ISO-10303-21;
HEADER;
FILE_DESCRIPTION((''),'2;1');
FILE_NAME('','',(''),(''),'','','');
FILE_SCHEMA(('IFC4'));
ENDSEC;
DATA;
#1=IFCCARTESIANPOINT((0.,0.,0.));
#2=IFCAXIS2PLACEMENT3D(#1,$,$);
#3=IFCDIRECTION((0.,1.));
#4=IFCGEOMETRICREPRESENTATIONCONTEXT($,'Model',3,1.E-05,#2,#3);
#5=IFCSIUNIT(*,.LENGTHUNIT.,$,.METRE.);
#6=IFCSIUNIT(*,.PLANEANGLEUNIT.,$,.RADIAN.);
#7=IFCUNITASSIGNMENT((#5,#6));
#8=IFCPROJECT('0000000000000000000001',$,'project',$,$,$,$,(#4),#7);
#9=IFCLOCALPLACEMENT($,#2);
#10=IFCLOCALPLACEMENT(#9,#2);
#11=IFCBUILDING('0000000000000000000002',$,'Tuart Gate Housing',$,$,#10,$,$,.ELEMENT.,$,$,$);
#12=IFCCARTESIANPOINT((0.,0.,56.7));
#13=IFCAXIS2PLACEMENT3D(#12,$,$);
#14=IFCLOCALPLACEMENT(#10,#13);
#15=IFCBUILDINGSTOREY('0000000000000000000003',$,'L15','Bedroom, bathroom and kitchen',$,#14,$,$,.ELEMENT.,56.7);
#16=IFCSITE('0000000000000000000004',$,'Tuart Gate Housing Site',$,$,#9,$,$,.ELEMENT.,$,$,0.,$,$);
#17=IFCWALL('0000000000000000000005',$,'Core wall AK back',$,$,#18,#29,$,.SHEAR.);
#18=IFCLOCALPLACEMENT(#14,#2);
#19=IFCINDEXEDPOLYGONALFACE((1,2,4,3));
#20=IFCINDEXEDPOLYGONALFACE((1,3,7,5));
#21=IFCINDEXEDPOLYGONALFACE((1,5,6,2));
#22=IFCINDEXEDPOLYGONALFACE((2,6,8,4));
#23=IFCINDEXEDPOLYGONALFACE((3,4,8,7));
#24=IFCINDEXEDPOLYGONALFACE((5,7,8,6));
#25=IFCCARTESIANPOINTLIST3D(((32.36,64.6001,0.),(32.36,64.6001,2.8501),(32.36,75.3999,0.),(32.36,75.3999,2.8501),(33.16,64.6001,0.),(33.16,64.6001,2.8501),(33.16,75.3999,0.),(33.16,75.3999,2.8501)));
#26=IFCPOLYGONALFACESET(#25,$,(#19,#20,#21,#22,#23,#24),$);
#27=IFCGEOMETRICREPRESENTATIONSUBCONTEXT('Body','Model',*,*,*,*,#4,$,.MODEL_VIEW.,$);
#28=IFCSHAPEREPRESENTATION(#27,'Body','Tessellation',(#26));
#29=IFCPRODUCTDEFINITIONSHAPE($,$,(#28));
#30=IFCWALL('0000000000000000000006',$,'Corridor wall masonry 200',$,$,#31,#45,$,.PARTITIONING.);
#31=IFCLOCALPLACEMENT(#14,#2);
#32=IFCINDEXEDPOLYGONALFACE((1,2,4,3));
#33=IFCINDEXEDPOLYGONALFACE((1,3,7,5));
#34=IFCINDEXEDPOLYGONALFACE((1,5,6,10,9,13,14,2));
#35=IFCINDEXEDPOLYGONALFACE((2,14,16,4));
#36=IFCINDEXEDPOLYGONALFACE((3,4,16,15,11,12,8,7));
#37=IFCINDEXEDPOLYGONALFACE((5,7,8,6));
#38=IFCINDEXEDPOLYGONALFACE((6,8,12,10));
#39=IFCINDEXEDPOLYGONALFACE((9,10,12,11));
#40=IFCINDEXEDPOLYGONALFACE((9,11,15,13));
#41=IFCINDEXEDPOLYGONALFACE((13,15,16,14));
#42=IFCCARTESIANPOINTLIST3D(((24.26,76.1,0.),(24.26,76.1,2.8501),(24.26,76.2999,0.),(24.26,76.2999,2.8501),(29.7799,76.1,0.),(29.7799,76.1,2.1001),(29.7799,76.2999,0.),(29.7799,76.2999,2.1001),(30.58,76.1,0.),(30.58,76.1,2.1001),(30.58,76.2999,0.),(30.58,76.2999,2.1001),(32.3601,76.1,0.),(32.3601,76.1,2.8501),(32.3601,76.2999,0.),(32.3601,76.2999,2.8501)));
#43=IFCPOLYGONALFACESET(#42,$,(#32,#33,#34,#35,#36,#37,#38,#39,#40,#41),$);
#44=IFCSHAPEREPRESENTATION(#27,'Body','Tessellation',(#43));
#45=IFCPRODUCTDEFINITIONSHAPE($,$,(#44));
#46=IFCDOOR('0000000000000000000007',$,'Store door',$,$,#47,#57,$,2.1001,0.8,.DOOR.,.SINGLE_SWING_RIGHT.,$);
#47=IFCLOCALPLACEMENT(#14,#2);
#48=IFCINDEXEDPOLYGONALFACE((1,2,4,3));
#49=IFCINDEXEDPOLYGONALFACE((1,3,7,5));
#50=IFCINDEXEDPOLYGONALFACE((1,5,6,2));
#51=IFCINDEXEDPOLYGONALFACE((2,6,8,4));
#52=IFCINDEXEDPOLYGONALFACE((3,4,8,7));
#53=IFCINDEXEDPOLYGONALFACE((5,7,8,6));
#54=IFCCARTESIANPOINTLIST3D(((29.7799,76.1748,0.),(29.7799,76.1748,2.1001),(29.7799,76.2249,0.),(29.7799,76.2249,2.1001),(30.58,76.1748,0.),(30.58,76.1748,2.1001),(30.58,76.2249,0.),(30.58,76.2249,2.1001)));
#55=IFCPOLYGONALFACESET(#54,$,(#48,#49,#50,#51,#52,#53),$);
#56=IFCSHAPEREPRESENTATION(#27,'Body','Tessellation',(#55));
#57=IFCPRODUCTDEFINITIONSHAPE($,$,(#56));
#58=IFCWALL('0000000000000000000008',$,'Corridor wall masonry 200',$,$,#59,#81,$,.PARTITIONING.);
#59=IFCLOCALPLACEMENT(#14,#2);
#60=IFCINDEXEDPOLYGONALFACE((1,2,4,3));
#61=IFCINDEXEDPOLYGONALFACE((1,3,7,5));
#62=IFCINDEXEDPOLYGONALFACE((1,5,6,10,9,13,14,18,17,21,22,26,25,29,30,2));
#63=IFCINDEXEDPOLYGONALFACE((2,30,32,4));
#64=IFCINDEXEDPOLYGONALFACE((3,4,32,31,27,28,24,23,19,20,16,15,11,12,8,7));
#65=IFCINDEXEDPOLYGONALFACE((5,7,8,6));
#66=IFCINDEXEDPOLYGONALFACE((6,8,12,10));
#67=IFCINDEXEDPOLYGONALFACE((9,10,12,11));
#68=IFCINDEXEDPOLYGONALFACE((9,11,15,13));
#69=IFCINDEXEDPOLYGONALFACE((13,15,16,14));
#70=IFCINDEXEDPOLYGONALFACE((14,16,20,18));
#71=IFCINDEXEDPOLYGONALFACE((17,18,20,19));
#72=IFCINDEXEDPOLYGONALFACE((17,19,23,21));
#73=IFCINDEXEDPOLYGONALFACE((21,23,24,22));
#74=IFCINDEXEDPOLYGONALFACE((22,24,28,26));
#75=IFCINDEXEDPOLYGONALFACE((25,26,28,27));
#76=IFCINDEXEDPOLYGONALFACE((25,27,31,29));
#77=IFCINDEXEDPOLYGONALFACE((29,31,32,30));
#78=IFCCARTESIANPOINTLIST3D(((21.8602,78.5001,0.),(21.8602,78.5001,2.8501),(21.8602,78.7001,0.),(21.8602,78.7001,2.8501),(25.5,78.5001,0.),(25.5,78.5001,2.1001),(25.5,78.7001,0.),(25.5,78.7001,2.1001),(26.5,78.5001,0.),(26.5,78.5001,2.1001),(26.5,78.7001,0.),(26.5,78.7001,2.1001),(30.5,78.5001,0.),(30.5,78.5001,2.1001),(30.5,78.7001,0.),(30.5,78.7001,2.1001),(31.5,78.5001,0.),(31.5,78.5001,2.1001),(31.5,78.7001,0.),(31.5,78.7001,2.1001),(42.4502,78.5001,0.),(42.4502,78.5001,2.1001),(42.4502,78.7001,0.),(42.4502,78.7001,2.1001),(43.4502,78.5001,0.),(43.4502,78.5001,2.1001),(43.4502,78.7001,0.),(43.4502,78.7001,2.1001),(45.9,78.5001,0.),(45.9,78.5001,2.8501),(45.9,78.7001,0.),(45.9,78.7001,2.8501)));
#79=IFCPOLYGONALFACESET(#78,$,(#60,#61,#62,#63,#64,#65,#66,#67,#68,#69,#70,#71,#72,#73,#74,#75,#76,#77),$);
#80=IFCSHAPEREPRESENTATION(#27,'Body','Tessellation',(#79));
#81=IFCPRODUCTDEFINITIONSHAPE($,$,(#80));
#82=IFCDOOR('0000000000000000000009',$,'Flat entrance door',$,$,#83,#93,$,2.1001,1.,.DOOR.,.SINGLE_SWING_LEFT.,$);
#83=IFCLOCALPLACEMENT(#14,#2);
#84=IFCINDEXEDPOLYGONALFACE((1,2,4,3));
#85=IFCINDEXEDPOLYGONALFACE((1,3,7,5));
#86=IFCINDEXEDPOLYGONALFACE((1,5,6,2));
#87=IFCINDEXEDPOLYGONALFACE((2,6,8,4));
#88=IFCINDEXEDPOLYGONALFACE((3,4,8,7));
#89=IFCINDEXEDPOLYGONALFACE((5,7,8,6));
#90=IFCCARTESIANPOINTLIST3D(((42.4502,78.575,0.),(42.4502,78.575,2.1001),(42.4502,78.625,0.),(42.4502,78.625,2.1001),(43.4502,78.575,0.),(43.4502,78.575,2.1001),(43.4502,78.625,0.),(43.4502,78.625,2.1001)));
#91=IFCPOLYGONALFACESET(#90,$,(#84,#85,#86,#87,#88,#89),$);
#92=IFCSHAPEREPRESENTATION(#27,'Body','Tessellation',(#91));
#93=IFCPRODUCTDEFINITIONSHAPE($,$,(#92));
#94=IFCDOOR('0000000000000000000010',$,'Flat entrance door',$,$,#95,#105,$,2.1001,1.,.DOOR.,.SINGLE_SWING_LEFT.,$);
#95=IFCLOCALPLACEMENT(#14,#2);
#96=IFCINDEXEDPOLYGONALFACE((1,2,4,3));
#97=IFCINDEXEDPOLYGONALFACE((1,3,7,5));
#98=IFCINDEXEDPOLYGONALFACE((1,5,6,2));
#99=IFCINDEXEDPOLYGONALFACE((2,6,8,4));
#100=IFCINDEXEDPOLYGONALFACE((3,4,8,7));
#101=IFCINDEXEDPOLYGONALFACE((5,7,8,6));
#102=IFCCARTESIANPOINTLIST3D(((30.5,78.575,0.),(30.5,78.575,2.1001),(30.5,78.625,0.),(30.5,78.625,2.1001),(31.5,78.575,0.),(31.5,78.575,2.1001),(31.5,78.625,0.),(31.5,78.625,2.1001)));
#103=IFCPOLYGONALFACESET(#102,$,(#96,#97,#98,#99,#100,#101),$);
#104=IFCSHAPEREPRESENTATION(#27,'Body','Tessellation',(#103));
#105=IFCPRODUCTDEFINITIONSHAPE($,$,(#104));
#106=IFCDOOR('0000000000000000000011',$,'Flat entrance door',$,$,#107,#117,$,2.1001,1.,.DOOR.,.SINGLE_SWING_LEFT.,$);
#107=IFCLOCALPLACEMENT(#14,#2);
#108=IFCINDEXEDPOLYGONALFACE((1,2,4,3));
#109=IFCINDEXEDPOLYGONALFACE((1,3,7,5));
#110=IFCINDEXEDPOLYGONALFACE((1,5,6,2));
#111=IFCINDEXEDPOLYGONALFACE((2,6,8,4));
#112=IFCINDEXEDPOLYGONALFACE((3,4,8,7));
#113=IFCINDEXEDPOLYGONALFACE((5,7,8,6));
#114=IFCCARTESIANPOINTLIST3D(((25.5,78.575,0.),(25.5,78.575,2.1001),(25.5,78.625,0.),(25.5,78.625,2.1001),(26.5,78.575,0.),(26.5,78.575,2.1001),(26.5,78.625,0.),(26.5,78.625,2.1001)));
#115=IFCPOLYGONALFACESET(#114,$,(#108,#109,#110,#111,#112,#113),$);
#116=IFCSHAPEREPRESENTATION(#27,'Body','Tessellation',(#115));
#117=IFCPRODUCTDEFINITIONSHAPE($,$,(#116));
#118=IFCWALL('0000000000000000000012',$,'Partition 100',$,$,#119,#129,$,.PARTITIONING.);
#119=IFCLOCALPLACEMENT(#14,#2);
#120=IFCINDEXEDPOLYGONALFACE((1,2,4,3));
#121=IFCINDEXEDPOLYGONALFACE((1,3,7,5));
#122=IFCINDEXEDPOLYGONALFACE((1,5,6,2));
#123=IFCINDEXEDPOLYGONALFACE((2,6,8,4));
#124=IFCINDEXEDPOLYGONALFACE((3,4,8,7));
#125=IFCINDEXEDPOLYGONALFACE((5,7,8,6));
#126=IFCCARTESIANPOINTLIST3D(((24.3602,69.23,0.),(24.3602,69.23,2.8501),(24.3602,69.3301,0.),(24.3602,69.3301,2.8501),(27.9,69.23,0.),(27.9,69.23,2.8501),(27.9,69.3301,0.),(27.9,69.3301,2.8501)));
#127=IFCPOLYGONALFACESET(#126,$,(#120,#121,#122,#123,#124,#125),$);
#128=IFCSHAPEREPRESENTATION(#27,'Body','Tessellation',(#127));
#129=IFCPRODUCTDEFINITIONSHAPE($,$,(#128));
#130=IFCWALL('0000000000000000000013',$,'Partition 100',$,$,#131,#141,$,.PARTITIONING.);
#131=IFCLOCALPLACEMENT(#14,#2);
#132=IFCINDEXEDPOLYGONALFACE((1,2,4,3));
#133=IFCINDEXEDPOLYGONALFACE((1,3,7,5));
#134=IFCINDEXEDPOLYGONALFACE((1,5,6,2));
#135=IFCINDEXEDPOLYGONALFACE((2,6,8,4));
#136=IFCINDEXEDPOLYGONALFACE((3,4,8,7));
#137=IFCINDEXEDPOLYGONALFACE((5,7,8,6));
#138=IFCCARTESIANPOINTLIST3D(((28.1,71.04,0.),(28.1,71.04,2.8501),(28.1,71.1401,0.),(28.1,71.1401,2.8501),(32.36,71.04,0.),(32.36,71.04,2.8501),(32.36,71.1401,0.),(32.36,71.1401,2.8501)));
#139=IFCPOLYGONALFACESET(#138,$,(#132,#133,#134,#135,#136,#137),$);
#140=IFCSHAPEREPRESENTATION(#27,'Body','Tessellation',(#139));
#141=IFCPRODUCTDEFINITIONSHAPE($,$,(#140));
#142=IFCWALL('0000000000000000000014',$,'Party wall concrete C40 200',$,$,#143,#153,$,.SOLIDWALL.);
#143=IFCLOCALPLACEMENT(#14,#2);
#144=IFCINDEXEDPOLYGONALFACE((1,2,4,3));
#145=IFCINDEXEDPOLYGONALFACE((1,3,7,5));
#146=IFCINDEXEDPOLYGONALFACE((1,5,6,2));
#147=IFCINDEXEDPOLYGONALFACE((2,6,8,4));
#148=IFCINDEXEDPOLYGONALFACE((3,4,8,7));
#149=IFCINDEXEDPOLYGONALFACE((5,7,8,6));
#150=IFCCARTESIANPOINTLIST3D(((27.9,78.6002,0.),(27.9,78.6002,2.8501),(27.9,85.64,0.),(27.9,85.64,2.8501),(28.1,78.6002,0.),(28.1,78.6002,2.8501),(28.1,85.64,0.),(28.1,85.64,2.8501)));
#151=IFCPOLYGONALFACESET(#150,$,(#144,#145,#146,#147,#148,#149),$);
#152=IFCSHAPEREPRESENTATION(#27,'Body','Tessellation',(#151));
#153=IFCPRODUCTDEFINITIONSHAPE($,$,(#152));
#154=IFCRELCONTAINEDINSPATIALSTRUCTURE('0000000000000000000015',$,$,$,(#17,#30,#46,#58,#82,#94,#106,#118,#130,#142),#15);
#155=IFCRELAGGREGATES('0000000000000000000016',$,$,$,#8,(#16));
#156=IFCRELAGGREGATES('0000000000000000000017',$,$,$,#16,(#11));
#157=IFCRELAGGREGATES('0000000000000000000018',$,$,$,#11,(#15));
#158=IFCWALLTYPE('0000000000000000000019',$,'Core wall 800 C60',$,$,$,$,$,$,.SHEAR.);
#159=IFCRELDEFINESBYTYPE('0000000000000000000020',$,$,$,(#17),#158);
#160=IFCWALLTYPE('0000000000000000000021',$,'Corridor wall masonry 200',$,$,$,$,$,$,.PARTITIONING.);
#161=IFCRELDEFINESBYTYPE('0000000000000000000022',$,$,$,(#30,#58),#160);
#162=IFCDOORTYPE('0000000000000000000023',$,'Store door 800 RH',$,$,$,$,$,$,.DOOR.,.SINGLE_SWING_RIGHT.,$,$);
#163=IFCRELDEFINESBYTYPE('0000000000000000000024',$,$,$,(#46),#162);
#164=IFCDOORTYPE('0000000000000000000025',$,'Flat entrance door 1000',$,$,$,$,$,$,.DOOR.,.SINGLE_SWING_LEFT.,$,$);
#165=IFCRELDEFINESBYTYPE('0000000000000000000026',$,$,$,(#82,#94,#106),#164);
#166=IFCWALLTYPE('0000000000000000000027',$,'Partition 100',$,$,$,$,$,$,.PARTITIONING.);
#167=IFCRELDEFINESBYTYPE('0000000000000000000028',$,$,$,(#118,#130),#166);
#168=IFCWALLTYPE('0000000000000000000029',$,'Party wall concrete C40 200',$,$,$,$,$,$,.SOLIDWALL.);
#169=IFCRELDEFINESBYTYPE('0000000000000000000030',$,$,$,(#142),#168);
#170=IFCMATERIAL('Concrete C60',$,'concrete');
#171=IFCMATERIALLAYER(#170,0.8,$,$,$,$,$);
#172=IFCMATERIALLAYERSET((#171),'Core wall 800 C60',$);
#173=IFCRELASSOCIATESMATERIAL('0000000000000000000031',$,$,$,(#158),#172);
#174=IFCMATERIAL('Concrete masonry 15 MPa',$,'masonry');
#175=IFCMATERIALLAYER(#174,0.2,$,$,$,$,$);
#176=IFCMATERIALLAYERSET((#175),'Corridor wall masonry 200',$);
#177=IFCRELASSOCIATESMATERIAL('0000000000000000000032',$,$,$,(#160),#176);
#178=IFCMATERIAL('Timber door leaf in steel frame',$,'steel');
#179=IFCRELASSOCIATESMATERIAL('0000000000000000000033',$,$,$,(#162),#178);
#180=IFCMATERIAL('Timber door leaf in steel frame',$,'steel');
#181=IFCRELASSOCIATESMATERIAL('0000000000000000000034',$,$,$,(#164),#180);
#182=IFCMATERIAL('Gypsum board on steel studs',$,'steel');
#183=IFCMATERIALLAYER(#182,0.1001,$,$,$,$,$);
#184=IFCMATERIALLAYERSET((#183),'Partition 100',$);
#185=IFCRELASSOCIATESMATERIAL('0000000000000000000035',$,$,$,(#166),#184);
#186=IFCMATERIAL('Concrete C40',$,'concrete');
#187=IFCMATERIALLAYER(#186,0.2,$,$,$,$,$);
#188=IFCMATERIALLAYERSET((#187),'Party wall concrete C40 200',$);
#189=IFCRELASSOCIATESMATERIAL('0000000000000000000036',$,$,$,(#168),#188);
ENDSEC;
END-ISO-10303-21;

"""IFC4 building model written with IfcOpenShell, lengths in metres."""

from ifc_helpers import new_model, si_unit, direction, frame, frame_2d, origin, place, context, subcontext, project, spatial, rectangle, extrude, material, layer, layer_set, type_object, element, fill, save


model = new_model("IFC4")

# Units and contexts
model_context = context("Model", 3, precision=1e-05, world=origin(), true_north=direction((0.0, 1.0)))
body_context = subcontext(model_context, "Body", "Model", "MODEL_VIEW")
ifc_project = project(units=[si_unit("LENGTHUNIT", "METRE"), si_unit("PLANEANGLEUNIT", "RADIAN")], contexts=[model_context])

# Site, building, storey
site_placement = place(None, origin())
site = spatial("IfcSite", under=ifc_project, at=site_placement, Name="Tuart Gate Housing Site", CompositionType="ELEMENT", RefElevation=0.0)
building_placement = place(site_placement, origin())
building = spatial("IfcBuilding", under=site, at=building_placement, Name="Tuart Gate Housing", CompositionType="ELEMENT")
storey_placement = place(building_placement, frame((0.0, 0.0, 56.7)))
storey = spatial("IfcBuildingStorey", under=building, at=storey_placement, Name="L15", Description="Bedroom, bathroom and kitchen", CompositionType="ELEMENT", Elevation=56.7)

# Wall
ifc_material_1 = material(Name="Concrete C60", Category="concrete")
ifc_layer_1 = layer(ifc_material_1, 0.8)
ifc_layer_set_1 = layer_set([ifc_layer_1], Name="Core wall 800 C60")
wall_type_1 = type_object("IfcWallType", Name="Core wall 800 C60", PredefinedType="SHEAR", material=ifc_layer_set_1)
wall_1_placement = place(storey_placement, frame((32.76, 75.3999, 0.0), z_axis=(0.0, 0.0, 1.0), x_axis=(0.0, -1.0, 0.0)))
element("IfcWall", 1, at=wall_1_placement, inside=storey, type_object=wall_type_1, Name="Core wall AK back", PredefinedType="SHEAR", context=body_context, shape_type="SweptSolid", body=[
    extrude(rectangle(XDim=10.7998, YDim=0.8, at=frame_2d((5.3999, 0.0))), origin(), (0.0, 0.0, 1.0), 2.8501),
])

# Wall, opening, door
ifc_material_2 = material(Name="Concrete masonry 15 MPa", Category="masonry")
ifc_layer_2 = layer(ifc_material_2, 0.2)
ifc_layer_set_2 = layer_set([ifc_layer_2], Name="Corridor wall masonry 200")
wall_type_2 = type_object("IfcWallType", Name="Corridor wall masonry 200", PredefinedType="PARTITIONING", material=ifc_layer_set_2)
wall_2_placement = place(storey_placement, frame((24.26, 76.2, 0.0), z_axis=(0.0, 0.0, 1.0), x_axis=(1.0, 0.0, 0.0)))
wall_2 = element("IfcWall", 2, at=wall_2_placement, inside=storey, type_object=wall_type_2, Name="Corridor wall masonry 200", PredefinedType="PARTITIONING", context=body_context, shape_type="SweptSolid", body=[
    extrude(rectangle(XDim=8.1001, YDim=0.2, at=frame_2d((4.05, 0.0))), origin(), (0.0, 0.0, 1.0), 2.8501),
])
opening_1_placement = place(wall_2_placement, frame((5.52, 0.0, 0.0)))
opening_1 = element("IfcOpeningElement", 3, at=opening_1_placement, cuts=wall_2, PredefinedType="OPENING", context=body_context, shape_type="SweptSolid", body=[
    extrude(rectangle(XDim=0.8, YDim=2.1001, at=frame_2d((0.3999, 1.05))), frame((0.0, 0.1099, 0.0), z_axis=(0.0, -1.0, 0.0), x_axis=(1.0, 0.0, 0.0)), (0.0, 0.0, 1.0), 0.22),
])
ifc_material_3 = material(Name="Timber door leaf in steel frame", Category="steel")
door_type_1 = type_object("IfcDoorType", Name="Store door 800 RH", OperationType="SINGLE_SWING_RIGHT", PredefinedType="DOOR", material=ifc_material_3)
door_1_placement = place(opening_1_placement, frame((0.8, 0.0, 0.0), z_axis=(0.0, 0.0, 1.0), x_axis=(-1.0, 0.0, 0.0)))
door_1 = element("IfcDoor", 4, at=door_1_placement, inside=storey, type_object=door_type_1, Name="Store door", OperationType="SINGLE_SWING_RIGHT", OverallHeight=2.1001, OverallWidth=0.8, PredefinedType="DOOR", context=body_context, shape_type="SweptSolid", body=[
    extrude(rectangle(XDim=0.8, YDim=2.1001, at=frame_2d((0.4001, 1.05))), frame((0.0, 0.0251, 0.0), z_axis=(0.0, -1.0, 0.0), x_axis=(1.0, 0.0, 0.0)), (0.0, 0.0, 1.0), 0.05),
])
fill(opening_1, door_1)

# Wall, openings, doors
wall_3_placement = place(storey_placement, frame((21.8601, 78.6001, 0.0), z_axis=(0.0, 0.0, 1.0), x_axis=(1.0, 0.0, 0.0)))
wall_3 = element("IfcWall", 5, at=wall_3_placement, inside=storey, type_object=wall_type_2, Name="Corridor wall masonry 200", PredefinedType="PARTITIONING", context=body_context, shape_type="SweptSolid", body=[
    extrude(rectangle(XDim=24.0398, YDim=0.2, at=frame_2d((12.02, 0.0))), origin(), (0.0, 0.0, 1.0), 2.8501),
])
opening_2_placement = place(wall_3_placement, frame((20.5901, 0.0, 0.0)))
opening_2 = element("IfcOpeningElement", 6, at=opening_2_placement, cuts=wall_3, PredefinedType="OPENING", context=body_context, shape_type="SweptSolid", body=[
    extrude(rectangle(XDim=1.0, YDim=2.1001, at=frame_2d((0.5, 1.05))), frame((0.0, 0.1099, 0.0), z_axis=(0.0, -1.0, 0.0), x_axis=(1.0, 0.0, 0.0)), (0.0, 0.0, 1.0), 0.22),
])
opening_3_placement = place(wall_3_placement, frame((8.6399, 0.0, 0.0)))
opening_3 = element("IfcOpeningElement", 7, at=opening_3_placement, cuts=wall_3, PredefinedType="OPENING", context=body_context, shape_type="SweptSolid", body=[
    extrude(rectangle(XDim=1.0, YDim=2.1001, at=frame_2d((0.5, 1.05))), frame((0.0, 0.1099, 0.0), z_axis=(0.0, -1.0, 0.0), x_axis=(1.0, 0.0, 0.0)), (0.0, 0.0, 1.0), 0.22),
])
opening_4_placement = place(wall_3_placement, frame((3.6399, 0.0, 0.0)))
opening_4 = element("IfcOpeningElement", 8, at=opening_4_placement, cuts=wall_3, PredefinedType="OPENING", context=body_context, shape_type="SweptSolid", body=[
    extrude(rectangle(XDim=1.0, YDim=2.1001, at=frame_2d((0.5, 1.05))), frame((0.0, 0.1099, 0.0), z_axis=(0.0, -1.0, 0.0), x_axis=(1.0, 0.0, 0.0)), (0.0, 0.0, 1.0), 0.22),
])
ifc_material_4 = material(Name="Timber door leaf in steel frame", Category="steel")
door_type_2 = type_object("IfcDoorType", Name="Flat entrance door 1000", OperationType="SINGLE_SWING_LEFT", PredefinedType="DOOR", material=ifc_material_4)
door_2_placement = place(opening_2_placement, origin())
door_2 = element("IfcDoor", 9, at=door_2_placement, inside=storey, type_object=door_type_2, Name="Flat entrance door", OperationType="SINGLE_SWING_LEFT", OverallHeight=2.1001, OverallWidth=1.0, PredefinedType="DOOR", context=body_context, shape_type="SweptSolid", body=[
    extrude(rectangle(XDim=1.0, YDim=2.1001, at=frame_2d((0.5, 1.05))), frame((0.0, 0.0249, 0.0), z_axis=(0.0, -1.0, 0.0), x_axis=(1.0, 0.0, 0.0)), (0.0, 0.0, 1.0), 0.05),
])
fill(opening_2, door_2)
door_3_placement = place(opening_3_placement, origin())
door_3 = element("IfcDoor", 10, at=door_3_placement, inside=storey, type_object=door_type_2, Name="Flat entrance door", OperationType="SINGLE_SWING_LEFT", OverallHeight=2.1001, OverallWidth=1.0, PredefinedType="DOOR", context=body_context, shape_type="SweptSolid", body=[
    extrude(rectangle(XDim=1.0, YDim=2.1001, at=frame_2d((0.5, 1.05))), frame((0.0, 0.0249, 0.0), z_axis=(0.0, -1.0, 0.0), x_axis=(1.0, 0.0, 0.0)), (0.0, 0.0, 1.0), 0.05),
])
fill(opening_3, door_3)
door_4_placement = place(opening_4_placement, origin())
door_4 = element("IfcDoor", 11, at=door_4_placement, inside=storey, type_object=door_type_2, Name="Flat entrance door", OperationType="SINGLE_SWING_LEFT", OverallHeight=2.1001, OverallWidth=1.0, PredefinedType="DOOR", context=body_context, shape_type="SweptSolid", body=[
    extrude(rectangle(XDim=1.0, YDim=2.1001, at=frame_2d((0.5, 1.05))), frame((0.0, 0.0249, 0.0), z_axis=(0.0, -1.0, 0.0), x_axis=(1.0, 0.0, 0.0)), (0.0, 0.0, 1.0), 0.05),
])
fill(opening_4, door_4)

# Walls
ifc_material_5 = material(Name="Gypsum board on steel studs", Category="steel")
ifc_layer_3 = layer(ifc_material_5, 0.1001)
ifc_layer_set_3 = layer_set([ifc_layer_3], Name="Partition 100")
wall_type_3 = type_object("IfcWallType", Name="Partition 100", PredefinedType="PARTITIONING", material=ifc_layer_set_3)
wall_4_placement = place(storey_placement, frame((24.3601, 69.28, 0.0), z_axis=(0.0, 0.0, 1.0), x_axis=(1.0, 0.0, 0.0)))
element("IfcWall", 12, at=wall_4_placement, inside=storey, type_object=wall_type_3, Name="Partition 100", PredefinedType="PARTITIONING", context=body_context, shape_type="SweptSolid", body=[
    extrude(rectangle(XDim=3.5398, YDim=0.1001, at=frame_2d((1.77, 0.0))), origin(), (0.0, 0.0, 1.0), 2.8501),
])
wall_5_placement = place(storey_placement, frame((28.1001, 71.0901, 0.0), z_axis=(0.0, 0.0, 1.0), x_axis=(1.0, 0.0, 0.0)))
element("IfcWall", 13, at=wall_5_placement, inside=storey, type_object=wall_type_3, Name="Partition 100", PredefinedType="PARTITIONING", context=body_context, shape_type="SweptSolid", body=[
    extrude(rectangle(XDim=4.26, YDim=0.1001, at=frame_2d((2.1299, 0.0))), origin(), (0.0, 0.0, 1.0), 2.8501),
])
ifc_material_6 = material(Name="Concrete C40", Category="concrete")
ifc_layer_4 = layer(ifc_material_6, 0.2)
ifc_layer_set_4 = layer_set([ifc_layer_4], Name="Party wall concrete C40 200")
wall_type_4 = type_object("IfcWallType", Name="Party wall concrete C40 200", PredefinedType="SOLIDWALL", material=ifc_layer_set_4)
wall_6_placement = place(storey_placement, frame((28.0, 78.6001, 0.0), z_axis=(0.0, 0.0, 1.0), x_axis=(0.0, 1.0, 0.0)))
element("IfcWall", 14, at=wall_6_placement, inside=storey, type_object=wall_type_4, Name="Party wall concrete C40 200", PredefinedType="SOLIDWALL", context=body_context, shape_type="SweptSolid", body=[
    extrude(rectangle(XDim=7.0398, YDim=0.2, at=frame_2d((3.52, 0.0))), origin(), (0.0, 0.0, 1.0), 2.8501),
])

save(model, "model.ifc")
